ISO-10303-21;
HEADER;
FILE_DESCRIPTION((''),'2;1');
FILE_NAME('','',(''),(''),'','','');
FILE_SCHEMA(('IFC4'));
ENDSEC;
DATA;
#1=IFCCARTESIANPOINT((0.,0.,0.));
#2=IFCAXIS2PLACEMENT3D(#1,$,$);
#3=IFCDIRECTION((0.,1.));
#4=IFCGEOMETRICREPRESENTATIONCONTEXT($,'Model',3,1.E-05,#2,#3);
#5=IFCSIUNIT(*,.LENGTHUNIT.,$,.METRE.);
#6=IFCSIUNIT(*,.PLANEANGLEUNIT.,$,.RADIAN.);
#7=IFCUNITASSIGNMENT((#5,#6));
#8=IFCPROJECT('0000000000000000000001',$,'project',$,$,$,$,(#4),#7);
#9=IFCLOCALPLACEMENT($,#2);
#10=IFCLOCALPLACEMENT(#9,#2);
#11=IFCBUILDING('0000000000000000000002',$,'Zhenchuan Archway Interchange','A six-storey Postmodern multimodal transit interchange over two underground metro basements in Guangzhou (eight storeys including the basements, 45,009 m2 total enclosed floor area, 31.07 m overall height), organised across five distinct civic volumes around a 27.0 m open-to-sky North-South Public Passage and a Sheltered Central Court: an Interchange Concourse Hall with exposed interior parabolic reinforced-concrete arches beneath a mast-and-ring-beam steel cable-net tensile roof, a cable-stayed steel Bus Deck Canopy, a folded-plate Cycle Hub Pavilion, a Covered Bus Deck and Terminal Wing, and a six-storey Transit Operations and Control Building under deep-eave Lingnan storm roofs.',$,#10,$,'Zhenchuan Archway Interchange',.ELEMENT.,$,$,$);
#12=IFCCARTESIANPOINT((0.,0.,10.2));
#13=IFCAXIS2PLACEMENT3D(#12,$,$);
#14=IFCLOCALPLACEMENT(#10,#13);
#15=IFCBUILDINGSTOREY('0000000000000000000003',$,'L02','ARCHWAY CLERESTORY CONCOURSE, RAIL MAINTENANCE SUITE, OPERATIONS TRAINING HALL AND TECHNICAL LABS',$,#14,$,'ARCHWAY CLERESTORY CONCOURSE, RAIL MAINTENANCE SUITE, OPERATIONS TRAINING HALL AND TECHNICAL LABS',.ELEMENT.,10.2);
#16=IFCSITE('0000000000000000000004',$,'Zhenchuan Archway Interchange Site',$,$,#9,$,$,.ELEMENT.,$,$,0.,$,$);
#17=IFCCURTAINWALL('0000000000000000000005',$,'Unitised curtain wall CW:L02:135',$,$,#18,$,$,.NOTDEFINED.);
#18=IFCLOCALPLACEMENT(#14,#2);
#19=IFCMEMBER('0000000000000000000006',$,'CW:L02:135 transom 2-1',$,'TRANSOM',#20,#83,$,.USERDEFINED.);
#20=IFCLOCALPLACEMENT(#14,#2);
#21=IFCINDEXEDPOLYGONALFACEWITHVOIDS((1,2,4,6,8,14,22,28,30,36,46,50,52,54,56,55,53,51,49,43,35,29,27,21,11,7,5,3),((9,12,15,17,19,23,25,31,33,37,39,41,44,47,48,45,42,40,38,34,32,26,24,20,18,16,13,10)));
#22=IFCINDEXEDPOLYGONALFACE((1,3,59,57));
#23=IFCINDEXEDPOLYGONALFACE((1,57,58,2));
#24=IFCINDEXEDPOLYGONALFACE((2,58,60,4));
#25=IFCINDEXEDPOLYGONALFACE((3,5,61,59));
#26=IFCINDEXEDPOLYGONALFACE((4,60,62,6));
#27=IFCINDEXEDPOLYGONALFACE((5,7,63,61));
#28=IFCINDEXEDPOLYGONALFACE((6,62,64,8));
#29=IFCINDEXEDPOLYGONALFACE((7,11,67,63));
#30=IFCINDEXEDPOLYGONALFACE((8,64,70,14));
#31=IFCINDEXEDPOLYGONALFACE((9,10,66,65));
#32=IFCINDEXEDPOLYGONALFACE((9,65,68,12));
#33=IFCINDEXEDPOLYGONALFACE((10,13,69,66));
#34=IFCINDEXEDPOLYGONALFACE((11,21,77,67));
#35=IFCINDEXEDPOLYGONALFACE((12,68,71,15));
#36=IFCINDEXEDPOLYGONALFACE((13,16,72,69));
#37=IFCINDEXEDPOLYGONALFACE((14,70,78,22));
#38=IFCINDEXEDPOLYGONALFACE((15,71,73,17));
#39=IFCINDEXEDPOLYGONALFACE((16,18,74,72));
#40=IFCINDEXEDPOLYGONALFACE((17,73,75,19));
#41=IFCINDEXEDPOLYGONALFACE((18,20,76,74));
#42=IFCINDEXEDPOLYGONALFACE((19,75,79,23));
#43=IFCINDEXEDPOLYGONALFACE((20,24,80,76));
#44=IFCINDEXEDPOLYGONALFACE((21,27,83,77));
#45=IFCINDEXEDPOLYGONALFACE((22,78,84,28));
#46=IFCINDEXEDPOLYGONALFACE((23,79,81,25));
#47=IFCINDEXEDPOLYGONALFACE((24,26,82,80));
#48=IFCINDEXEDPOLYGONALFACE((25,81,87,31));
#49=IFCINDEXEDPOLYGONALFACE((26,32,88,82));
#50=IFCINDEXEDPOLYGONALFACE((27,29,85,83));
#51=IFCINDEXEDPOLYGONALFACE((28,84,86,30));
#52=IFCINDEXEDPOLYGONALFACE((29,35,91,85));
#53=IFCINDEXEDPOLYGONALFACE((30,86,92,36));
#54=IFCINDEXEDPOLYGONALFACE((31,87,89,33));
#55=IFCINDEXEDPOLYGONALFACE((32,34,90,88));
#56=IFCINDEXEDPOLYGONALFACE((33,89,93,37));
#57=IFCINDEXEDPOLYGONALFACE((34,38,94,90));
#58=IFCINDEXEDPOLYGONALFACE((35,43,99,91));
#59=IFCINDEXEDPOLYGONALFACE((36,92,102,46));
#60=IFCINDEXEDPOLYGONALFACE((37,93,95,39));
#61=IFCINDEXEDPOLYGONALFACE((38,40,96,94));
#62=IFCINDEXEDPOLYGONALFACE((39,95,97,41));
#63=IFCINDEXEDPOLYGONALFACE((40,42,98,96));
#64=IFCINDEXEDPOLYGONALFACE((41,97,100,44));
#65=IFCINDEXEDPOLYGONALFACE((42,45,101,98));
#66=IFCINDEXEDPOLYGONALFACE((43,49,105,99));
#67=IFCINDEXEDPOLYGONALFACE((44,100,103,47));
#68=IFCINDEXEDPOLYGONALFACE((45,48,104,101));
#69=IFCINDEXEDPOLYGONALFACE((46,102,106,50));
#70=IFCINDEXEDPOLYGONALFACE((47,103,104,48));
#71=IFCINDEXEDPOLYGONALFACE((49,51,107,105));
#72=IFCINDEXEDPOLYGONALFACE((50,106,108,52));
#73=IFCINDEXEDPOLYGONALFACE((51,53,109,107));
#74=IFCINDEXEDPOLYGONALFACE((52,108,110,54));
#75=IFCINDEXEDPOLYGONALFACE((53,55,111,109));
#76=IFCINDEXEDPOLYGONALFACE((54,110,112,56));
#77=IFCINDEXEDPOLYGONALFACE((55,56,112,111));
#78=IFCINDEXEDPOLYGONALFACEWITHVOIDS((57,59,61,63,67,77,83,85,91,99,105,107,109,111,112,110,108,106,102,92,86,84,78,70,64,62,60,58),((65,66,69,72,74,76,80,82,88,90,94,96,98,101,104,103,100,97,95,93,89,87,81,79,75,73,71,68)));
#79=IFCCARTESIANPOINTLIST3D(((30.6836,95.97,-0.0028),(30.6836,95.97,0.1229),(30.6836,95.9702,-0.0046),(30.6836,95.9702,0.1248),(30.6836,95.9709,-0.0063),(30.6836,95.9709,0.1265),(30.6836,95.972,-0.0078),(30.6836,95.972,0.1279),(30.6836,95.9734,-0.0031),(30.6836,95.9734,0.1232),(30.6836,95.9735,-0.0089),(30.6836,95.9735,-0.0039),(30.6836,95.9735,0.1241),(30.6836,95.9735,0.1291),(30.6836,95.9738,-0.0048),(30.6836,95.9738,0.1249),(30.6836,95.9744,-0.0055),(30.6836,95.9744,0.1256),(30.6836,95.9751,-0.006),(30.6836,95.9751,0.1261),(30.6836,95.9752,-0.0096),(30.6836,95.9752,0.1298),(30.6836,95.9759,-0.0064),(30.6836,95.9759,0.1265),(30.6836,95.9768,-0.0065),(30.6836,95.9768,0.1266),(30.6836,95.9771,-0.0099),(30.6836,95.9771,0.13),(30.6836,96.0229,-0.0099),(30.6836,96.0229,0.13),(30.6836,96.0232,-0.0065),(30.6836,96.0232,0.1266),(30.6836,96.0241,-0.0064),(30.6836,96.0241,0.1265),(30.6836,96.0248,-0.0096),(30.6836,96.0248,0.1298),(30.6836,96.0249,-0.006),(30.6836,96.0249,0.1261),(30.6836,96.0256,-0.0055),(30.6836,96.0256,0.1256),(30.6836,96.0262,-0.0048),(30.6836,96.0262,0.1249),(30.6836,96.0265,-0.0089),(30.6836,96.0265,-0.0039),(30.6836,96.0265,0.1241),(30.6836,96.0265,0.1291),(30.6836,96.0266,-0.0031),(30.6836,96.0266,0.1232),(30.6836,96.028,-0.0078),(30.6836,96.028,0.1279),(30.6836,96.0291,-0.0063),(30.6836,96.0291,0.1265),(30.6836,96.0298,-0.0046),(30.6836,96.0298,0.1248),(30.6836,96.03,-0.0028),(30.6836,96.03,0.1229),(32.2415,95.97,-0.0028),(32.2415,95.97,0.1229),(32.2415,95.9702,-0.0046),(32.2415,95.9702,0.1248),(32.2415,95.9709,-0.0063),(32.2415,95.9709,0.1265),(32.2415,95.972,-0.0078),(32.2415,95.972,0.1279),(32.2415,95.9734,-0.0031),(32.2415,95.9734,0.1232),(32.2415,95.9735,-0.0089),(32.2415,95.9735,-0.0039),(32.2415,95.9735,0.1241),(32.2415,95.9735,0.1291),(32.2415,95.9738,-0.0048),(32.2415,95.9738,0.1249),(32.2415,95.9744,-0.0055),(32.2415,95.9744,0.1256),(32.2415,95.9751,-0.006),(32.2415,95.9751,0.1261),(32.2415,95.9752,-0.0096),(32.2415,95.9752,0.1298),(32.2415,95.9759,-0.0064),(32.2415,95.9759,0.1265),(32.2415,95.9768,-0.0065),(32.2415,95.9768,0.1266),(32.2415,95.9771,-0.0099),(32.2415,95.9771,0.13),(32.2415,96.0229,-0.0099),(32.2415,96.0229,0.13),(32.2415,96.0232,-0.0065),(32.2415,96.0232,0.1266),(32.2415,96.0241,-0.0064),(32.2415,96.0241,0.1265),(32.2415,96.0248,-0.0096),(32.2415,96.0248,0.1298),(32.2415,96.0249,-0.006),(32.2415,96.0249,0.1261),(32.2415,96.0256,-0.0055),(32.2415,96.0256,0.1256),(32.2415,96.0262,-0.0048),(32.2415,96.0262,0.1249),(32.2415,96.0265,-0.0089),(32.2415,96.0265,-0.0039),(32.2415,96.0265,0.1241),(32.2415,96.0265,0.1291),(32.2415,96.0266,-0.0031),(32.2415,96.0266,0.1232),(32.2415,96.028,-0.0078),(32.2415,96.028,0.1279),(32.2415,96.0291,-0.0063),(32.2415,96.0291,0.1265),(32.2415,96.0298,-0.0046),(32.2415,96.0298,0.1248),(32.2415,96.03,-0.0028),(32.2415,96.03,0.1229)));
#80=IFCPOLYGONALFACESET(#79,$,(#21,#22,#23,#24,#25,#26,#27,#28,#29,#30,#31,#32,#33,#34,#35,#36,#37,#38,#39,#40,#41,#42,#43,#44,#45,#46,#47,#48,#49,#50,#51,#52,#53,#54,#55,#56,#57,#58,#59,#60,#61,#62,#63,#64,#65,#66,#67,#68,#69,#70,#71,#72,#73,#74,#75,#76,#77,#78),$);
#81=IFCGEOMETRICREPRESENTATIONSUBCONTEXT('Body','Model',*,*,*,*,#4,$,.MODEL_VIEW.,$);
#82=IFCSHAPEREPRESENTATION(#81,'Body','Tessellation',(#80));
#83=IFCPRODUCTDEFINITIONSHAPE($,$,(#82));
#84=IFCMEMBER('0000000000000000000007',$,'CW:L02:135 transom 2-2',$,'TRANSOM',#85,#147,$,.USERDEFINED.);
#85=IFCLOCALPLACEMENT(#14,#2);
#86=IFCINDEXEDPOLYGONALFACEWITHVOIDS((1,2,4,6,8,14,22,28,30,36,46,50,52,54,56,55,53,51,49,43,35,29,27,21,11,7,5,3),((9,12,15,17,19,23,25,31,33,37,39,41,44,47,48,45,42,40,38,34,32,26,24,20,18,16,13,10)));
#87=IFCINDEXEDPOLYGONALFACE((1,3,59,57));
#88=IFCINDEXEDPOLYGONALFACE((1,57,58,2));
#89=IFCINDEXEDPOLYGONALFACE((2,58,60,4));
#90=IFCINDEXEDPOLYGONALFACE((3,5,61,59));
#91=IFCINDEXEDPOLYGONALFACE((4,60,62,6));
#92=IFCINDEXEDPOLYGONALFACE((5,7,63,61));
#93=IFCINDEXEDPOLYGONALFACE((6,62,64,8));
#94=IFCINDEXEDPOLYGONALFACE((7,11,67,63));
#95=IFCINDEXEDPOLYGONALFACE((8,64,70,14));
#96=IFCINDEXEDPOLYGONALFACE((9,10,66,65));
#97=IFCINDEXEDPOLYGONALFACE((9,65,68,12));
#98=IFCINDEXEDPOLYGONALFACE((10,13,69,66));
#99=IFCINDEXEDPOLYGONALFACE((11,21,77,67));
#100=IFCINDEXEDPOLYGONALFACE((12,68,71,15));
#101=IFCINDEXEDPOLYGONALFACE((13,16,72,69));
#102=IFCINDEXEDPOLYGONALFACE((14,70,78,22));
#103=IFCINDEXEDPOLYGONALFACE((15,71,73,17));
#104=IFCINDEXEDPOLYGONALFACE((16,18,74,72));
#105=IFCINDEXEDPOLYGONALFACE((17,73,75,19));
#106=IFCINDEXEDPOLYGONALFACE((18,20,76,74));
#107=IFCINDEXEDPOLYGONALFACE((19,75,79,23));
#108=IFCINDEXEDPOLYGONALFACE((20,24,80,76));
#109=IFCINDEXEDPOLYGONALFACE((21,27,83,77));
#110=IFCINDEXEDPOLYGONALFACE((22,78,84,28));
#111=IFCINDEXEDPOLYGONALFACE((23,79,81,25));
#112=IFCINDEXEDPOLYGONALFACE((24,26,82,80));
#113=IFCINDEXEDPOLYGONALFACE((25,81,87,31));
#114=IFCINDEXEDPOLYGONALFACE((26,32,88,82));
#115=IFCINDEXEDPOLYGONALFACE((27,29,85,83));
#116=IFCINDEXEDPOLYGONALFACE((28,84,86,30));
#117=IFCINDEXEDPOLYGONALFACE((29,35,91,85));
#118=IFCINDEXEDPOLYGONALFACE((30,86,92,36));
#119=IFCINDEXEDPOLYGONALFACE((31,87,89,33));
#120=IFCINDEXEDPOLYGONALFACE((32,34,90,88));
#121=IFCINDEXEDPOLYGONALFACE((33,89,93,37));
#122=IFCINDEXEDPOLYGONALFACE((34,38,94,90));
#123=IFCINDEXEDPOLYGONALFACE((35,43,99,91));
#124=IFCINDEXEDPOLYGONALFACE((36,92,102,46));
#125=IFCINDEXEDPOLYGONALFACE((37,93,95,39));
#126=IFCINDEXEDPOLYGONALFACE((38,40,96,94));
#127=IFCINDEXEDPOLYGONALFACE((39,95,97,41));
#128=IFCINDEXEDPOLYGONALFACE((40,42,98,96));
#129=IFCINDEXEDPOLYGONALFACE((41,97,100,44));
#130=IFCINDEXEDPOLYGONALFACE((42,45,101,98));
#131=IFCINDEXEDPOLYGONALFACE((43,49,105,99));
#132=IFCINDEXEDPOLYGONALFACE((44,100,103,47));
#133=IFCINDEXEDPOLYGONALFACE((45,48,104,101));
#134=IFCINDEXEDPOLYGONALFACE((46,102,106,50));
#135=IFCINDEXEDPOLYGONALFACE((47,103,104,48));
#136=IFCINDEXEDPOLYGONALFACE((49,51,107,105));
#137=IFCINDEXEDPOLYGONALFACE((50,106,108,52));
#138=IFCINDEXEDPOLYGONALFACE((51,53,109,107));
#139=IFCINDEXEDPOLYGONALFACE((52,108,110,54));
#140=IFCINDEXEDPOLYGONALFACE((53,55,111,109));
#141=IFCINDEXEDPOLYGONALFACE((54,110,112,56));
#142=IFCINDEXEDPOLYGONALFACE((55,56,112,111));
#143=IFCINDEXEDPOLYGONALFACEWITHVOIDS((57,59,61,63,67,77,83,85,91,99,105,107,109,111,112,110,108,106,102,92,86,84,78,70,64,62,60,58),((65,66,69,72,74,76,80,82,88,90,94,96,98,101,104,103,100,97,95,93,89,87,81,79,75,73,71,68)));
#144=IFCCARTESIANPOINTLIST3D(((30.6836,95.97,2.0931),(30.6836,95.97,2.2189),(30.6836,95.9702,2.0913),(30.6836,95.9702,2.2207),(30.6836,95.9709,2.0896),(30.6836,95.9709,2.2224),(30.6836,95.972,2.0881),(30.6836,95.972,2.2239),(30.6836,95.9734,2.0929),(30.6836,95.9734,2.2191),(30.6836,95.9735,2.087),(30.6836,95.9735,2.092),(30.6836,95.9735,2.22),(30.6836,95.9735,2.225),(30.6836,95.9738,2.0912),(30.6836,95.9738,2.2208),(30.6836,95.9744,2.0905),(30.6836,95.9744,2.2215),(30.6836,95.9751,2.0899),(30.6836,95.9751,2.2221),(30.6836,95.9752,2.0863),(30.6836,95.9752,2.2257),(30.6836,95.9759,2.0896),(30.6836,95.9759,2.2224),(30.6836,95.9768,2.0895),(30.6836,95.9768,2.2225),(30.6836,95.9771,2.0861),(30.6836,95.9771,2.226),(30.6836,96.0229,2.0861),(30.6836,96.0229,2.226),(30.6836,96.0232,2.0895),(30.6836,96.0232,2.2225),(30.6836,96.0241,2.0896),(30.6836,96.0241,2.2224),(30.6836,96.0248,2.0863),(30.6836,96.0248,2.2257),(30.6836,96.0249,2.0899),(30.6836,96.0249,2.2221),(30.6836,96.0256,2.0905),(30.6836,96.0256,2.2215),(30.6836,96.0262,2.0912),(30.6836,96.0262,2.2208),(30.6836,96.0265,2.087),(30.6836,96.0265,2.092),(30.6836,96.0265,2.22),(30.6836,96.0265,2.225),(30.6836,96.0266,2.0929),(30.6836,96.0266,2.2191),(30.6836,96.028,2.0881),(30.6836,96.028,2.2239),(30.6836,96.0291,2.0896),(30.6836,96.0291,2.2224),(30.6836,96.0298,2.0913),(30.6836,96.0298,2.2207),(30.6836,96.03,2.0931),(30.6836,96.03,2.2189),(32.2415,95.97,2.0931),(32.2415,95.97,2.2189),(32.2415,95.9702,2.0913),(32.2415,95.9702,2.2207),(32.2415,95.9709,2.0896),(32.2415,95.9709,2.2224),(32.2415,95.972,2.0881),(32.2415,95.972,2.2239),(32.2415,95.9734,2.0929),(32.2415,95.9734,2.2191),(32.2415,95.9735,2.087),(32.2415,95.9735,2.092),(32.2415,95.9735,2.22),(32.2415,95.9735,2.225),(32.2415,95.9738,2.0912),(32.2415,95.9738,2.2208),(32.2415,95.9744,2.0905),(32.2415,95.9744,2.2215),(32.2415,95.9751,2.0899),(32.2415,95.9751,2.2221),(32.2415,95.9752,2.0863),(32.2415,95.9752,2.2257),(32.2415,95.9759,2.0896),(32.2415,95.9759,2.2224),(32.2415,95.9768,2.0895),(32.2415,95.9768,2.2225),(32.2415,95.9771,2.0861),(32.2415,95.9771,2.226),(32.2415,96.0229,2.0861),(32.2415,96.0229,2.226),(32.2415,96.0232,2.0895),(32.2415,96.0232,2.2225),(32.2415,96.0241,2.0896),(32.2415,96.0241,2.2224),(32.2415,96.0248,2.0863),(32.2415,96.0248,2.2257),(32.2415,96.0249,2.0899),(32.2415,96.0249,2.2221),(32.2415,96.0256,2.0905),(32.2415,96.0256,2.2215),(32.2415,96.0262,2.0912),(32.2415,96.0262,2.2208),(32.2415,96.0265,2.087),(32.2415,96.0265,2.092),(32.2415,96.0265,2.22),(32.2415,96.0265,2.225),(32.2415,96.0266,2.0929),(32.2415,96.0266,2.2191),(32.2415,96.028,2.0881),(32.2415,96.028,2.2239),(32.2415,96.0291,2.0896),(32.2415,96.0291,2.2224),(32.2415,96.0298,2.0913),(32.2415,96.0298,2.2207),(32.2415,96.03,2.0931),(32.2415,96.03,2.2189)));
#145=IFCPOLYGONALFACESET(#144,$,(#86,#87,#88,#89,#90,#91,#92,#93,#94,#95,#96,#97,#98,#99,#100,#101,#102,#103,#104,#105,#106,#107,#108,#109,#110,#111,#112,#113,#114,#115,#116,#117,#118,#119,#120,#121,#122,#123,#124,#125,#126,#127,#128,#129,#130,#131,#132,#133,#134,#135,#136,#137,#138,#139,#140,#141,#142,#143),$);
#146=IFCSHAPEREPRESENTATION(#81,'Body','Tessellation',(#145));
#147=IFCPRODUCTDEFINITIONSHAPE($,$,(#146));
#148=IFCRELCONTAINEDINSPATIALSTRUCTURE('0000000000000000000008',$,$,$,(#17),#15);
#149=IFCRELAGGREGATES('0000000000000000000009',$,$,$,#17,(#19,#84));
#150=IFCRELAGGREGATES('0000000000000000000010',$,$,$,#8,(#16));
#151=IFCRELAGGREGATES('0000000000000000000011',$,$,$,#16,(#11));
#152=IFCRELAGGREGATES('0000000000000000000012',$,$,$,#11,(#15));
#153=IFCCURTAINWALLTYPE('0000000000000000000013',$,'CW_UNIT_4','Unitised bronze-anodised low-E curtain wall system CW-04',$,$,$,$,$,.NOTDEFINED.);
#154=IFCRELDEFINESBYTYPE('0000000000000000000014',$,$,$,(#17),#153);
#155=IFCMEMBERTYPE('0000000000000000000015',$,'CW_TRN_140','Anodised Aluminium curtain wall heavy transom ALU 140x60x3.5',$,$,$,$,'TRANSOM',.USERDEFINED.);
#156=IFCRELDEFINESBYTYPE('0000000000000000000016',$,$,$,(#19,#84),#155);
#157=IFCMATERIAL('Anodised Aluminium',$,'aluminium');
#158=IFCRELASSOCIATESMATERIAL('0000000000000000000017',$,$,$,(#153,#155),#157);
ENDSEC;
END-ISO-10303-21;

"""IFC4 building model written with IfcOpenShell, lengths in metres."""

from ifc_helpers import new_model, si_unit, direction, frame, origin, origin_2d, place, context, subcontext, project, spatial, hollow_rectangle, extrude, material, material_profile, profile_set, type_object, element, aggregate, save


model = new_model("IFC4")

# Units and contexts
model_context = context("Model", 3, precision=1e-05, world=origin(), true_north=direction((0.0, 1.0)))
body_context = subcontext(model_context, "Body", "Model", "MODEL_VIEW")
ifc_project = project(units=[si_unit("LENGTHUNIT", "METRE"), si_unit("PLANEANGLEUNIT", "RADIAN")], contexts=[model_context])

# Site, building, storey
site_placement = place(None, origin())
site = spatial("IfcSite", under=ifc_project, at=site_placement, Name="Zhenchuan Archway Interchange Site", CompositionType="ELEMENT", RefElevation=0.0)
building_placement = place(site_placement, origin())
building = spatial("IfcBuilding", under=site, at=building_placement, Name="Zhenchuan Archway Interchange", Description="A six-storey Postmodern multimodal transit interchange over two underground metro basements in Guangzhou (eight storeys including the basements, 45,009 m2 total enclosed floor area, 31.07 m overall height), organised across five distinct civic volumes around a 27.0 m open-to-sky North-South Public Passage and a Sheltered Central Court: an Interchange Concourse Hall with exposed interior parabolic reinforced-concrete arches beneath a mast-and-ring-beam steel cable-net tensile roof, a cable-stayed steel Bus Deck Canopy, a folded-plate Cycle Hub Pavilion, a Covered Bus Deck and Terminal Wing, and a six-storey Transit Operations and Control Building under deep-eave Lingnan storm roofs.", LongName="Zhenchuan Archway Interchange", CompositionType="ELEMENT")
storey_placement = place(building_placement, frame((0.0, 0.0, 10.2)))
storey = spatial("IfcBuildingStorey", under=building, at=storey_placement, Name="L02", Description="ARCHWAY CLERESTORY CONCOURSE, RAIL MAINTENANCE SUITE, OPERATIONS TRAINING HALL AND TECHNICAL LABS", LongName="ARCHWAY CLERESTORY CONCOURSE, RAIL MAINTENANCE SUITE, OPERATIONS TRAINING HALL AND TECHNICAL LABS", CompositionType="ELEMENT", Elevation=10.2)

# Curtain wall, members
ifc_material_1 = material(Name="Anodised Aluminium", Category="aluminium")
curtain_wall_type = type_object("IfcCurtainWallType", Name="CW_UNIT_4", Description="Unitised bronze-anodised low-E curtain wall system CW-04", PredefinedType="NOTDEFINED", material=ifc_material_1)
curtain_wall_placement = place(storey_placement, origin())
curtain_wall = element("IfcCurtainWall", 1, at=curtain_wall_placement, inside=storey, type_object=curtain_wall_type, Name="Unitised curtain wall CW:L02:135", PredefinedType="NOTDEFINED")
ifc_material_profile_1 = material_profile(ifc_material_1, hollow_rectangle(XDim=0.0601, YDim=0.1399, WallThickness=0.0034, InnerFilletRadius=0.0034, OuterFilletRadius=0.0071, at=origin_2d()), Name="ALU 140x60x3.5")
ifc_profile_set_1 = profile_set([ifc_material_profile_1], Name="Anodised Aluminium")
member_type_1 = type_object("IfcMemberType", Name="CW_TRN_140", Description="Anodised Aluminium curtain wall heavy transom ALU 140x60x3.5", ElementType="TRANSOM", PredefinedType="USERDEFINED", material=ifc_profile_set_1)
member_1_placement = place(storey_placement, frame((32.2415, 96.0, 0.0601), z_axis=(-1.0, 0.0, 0.0), x_axis=(0.0, -1.0, 0.0)))
member_1 = element("IfcMember", 2, at=member_1_placement, type_object=member_type_1, Name="CW:L02:135 transom 2-1", ObjectType="TRANSOM", PredefinedType="USERDEFINED", context=body_context, shape_type="SweptSolid", body=[
    extrude(hollow_rectangle(XDim=0.0601, YDim=0.1399, WallThickness=0.0034, InnerFilletRadius=0.0034, OuterFilletRadius=0.0071, at=origin_2d()), origin(), (0.0, 0.0, 1.0), 1.5579),
])
member_2_placement = place(storey_placement, frame((32.2415, 96.0, 2.156), z_axis=(-1.0, 0.0, 0.0), x_axis=(0.0, -1.0, 0.0)))
member_2 = element("IfcMember", 3, at=member_2_placement, type_object=member_type_1, Name="CW:L02:135 transom 2-2", ObjectType="TRANSOM", PredefinedType="USERDEFINED", context=body_context, shape_type="SweptSolid", body=[
    extrude(hollow_rectangle(XDim=0.0601, YDim=0.1399, WallThickness=0.0034, InnerFilletRadius=0.0034, OuterFilletRadius=0.0071, at=origin_2d()), origin(), (0.0, 0.0, 1.0), 1.5579),
])
aggregate(curtain_wall, [member_1, member_2])

save(model, "model.ifc")
